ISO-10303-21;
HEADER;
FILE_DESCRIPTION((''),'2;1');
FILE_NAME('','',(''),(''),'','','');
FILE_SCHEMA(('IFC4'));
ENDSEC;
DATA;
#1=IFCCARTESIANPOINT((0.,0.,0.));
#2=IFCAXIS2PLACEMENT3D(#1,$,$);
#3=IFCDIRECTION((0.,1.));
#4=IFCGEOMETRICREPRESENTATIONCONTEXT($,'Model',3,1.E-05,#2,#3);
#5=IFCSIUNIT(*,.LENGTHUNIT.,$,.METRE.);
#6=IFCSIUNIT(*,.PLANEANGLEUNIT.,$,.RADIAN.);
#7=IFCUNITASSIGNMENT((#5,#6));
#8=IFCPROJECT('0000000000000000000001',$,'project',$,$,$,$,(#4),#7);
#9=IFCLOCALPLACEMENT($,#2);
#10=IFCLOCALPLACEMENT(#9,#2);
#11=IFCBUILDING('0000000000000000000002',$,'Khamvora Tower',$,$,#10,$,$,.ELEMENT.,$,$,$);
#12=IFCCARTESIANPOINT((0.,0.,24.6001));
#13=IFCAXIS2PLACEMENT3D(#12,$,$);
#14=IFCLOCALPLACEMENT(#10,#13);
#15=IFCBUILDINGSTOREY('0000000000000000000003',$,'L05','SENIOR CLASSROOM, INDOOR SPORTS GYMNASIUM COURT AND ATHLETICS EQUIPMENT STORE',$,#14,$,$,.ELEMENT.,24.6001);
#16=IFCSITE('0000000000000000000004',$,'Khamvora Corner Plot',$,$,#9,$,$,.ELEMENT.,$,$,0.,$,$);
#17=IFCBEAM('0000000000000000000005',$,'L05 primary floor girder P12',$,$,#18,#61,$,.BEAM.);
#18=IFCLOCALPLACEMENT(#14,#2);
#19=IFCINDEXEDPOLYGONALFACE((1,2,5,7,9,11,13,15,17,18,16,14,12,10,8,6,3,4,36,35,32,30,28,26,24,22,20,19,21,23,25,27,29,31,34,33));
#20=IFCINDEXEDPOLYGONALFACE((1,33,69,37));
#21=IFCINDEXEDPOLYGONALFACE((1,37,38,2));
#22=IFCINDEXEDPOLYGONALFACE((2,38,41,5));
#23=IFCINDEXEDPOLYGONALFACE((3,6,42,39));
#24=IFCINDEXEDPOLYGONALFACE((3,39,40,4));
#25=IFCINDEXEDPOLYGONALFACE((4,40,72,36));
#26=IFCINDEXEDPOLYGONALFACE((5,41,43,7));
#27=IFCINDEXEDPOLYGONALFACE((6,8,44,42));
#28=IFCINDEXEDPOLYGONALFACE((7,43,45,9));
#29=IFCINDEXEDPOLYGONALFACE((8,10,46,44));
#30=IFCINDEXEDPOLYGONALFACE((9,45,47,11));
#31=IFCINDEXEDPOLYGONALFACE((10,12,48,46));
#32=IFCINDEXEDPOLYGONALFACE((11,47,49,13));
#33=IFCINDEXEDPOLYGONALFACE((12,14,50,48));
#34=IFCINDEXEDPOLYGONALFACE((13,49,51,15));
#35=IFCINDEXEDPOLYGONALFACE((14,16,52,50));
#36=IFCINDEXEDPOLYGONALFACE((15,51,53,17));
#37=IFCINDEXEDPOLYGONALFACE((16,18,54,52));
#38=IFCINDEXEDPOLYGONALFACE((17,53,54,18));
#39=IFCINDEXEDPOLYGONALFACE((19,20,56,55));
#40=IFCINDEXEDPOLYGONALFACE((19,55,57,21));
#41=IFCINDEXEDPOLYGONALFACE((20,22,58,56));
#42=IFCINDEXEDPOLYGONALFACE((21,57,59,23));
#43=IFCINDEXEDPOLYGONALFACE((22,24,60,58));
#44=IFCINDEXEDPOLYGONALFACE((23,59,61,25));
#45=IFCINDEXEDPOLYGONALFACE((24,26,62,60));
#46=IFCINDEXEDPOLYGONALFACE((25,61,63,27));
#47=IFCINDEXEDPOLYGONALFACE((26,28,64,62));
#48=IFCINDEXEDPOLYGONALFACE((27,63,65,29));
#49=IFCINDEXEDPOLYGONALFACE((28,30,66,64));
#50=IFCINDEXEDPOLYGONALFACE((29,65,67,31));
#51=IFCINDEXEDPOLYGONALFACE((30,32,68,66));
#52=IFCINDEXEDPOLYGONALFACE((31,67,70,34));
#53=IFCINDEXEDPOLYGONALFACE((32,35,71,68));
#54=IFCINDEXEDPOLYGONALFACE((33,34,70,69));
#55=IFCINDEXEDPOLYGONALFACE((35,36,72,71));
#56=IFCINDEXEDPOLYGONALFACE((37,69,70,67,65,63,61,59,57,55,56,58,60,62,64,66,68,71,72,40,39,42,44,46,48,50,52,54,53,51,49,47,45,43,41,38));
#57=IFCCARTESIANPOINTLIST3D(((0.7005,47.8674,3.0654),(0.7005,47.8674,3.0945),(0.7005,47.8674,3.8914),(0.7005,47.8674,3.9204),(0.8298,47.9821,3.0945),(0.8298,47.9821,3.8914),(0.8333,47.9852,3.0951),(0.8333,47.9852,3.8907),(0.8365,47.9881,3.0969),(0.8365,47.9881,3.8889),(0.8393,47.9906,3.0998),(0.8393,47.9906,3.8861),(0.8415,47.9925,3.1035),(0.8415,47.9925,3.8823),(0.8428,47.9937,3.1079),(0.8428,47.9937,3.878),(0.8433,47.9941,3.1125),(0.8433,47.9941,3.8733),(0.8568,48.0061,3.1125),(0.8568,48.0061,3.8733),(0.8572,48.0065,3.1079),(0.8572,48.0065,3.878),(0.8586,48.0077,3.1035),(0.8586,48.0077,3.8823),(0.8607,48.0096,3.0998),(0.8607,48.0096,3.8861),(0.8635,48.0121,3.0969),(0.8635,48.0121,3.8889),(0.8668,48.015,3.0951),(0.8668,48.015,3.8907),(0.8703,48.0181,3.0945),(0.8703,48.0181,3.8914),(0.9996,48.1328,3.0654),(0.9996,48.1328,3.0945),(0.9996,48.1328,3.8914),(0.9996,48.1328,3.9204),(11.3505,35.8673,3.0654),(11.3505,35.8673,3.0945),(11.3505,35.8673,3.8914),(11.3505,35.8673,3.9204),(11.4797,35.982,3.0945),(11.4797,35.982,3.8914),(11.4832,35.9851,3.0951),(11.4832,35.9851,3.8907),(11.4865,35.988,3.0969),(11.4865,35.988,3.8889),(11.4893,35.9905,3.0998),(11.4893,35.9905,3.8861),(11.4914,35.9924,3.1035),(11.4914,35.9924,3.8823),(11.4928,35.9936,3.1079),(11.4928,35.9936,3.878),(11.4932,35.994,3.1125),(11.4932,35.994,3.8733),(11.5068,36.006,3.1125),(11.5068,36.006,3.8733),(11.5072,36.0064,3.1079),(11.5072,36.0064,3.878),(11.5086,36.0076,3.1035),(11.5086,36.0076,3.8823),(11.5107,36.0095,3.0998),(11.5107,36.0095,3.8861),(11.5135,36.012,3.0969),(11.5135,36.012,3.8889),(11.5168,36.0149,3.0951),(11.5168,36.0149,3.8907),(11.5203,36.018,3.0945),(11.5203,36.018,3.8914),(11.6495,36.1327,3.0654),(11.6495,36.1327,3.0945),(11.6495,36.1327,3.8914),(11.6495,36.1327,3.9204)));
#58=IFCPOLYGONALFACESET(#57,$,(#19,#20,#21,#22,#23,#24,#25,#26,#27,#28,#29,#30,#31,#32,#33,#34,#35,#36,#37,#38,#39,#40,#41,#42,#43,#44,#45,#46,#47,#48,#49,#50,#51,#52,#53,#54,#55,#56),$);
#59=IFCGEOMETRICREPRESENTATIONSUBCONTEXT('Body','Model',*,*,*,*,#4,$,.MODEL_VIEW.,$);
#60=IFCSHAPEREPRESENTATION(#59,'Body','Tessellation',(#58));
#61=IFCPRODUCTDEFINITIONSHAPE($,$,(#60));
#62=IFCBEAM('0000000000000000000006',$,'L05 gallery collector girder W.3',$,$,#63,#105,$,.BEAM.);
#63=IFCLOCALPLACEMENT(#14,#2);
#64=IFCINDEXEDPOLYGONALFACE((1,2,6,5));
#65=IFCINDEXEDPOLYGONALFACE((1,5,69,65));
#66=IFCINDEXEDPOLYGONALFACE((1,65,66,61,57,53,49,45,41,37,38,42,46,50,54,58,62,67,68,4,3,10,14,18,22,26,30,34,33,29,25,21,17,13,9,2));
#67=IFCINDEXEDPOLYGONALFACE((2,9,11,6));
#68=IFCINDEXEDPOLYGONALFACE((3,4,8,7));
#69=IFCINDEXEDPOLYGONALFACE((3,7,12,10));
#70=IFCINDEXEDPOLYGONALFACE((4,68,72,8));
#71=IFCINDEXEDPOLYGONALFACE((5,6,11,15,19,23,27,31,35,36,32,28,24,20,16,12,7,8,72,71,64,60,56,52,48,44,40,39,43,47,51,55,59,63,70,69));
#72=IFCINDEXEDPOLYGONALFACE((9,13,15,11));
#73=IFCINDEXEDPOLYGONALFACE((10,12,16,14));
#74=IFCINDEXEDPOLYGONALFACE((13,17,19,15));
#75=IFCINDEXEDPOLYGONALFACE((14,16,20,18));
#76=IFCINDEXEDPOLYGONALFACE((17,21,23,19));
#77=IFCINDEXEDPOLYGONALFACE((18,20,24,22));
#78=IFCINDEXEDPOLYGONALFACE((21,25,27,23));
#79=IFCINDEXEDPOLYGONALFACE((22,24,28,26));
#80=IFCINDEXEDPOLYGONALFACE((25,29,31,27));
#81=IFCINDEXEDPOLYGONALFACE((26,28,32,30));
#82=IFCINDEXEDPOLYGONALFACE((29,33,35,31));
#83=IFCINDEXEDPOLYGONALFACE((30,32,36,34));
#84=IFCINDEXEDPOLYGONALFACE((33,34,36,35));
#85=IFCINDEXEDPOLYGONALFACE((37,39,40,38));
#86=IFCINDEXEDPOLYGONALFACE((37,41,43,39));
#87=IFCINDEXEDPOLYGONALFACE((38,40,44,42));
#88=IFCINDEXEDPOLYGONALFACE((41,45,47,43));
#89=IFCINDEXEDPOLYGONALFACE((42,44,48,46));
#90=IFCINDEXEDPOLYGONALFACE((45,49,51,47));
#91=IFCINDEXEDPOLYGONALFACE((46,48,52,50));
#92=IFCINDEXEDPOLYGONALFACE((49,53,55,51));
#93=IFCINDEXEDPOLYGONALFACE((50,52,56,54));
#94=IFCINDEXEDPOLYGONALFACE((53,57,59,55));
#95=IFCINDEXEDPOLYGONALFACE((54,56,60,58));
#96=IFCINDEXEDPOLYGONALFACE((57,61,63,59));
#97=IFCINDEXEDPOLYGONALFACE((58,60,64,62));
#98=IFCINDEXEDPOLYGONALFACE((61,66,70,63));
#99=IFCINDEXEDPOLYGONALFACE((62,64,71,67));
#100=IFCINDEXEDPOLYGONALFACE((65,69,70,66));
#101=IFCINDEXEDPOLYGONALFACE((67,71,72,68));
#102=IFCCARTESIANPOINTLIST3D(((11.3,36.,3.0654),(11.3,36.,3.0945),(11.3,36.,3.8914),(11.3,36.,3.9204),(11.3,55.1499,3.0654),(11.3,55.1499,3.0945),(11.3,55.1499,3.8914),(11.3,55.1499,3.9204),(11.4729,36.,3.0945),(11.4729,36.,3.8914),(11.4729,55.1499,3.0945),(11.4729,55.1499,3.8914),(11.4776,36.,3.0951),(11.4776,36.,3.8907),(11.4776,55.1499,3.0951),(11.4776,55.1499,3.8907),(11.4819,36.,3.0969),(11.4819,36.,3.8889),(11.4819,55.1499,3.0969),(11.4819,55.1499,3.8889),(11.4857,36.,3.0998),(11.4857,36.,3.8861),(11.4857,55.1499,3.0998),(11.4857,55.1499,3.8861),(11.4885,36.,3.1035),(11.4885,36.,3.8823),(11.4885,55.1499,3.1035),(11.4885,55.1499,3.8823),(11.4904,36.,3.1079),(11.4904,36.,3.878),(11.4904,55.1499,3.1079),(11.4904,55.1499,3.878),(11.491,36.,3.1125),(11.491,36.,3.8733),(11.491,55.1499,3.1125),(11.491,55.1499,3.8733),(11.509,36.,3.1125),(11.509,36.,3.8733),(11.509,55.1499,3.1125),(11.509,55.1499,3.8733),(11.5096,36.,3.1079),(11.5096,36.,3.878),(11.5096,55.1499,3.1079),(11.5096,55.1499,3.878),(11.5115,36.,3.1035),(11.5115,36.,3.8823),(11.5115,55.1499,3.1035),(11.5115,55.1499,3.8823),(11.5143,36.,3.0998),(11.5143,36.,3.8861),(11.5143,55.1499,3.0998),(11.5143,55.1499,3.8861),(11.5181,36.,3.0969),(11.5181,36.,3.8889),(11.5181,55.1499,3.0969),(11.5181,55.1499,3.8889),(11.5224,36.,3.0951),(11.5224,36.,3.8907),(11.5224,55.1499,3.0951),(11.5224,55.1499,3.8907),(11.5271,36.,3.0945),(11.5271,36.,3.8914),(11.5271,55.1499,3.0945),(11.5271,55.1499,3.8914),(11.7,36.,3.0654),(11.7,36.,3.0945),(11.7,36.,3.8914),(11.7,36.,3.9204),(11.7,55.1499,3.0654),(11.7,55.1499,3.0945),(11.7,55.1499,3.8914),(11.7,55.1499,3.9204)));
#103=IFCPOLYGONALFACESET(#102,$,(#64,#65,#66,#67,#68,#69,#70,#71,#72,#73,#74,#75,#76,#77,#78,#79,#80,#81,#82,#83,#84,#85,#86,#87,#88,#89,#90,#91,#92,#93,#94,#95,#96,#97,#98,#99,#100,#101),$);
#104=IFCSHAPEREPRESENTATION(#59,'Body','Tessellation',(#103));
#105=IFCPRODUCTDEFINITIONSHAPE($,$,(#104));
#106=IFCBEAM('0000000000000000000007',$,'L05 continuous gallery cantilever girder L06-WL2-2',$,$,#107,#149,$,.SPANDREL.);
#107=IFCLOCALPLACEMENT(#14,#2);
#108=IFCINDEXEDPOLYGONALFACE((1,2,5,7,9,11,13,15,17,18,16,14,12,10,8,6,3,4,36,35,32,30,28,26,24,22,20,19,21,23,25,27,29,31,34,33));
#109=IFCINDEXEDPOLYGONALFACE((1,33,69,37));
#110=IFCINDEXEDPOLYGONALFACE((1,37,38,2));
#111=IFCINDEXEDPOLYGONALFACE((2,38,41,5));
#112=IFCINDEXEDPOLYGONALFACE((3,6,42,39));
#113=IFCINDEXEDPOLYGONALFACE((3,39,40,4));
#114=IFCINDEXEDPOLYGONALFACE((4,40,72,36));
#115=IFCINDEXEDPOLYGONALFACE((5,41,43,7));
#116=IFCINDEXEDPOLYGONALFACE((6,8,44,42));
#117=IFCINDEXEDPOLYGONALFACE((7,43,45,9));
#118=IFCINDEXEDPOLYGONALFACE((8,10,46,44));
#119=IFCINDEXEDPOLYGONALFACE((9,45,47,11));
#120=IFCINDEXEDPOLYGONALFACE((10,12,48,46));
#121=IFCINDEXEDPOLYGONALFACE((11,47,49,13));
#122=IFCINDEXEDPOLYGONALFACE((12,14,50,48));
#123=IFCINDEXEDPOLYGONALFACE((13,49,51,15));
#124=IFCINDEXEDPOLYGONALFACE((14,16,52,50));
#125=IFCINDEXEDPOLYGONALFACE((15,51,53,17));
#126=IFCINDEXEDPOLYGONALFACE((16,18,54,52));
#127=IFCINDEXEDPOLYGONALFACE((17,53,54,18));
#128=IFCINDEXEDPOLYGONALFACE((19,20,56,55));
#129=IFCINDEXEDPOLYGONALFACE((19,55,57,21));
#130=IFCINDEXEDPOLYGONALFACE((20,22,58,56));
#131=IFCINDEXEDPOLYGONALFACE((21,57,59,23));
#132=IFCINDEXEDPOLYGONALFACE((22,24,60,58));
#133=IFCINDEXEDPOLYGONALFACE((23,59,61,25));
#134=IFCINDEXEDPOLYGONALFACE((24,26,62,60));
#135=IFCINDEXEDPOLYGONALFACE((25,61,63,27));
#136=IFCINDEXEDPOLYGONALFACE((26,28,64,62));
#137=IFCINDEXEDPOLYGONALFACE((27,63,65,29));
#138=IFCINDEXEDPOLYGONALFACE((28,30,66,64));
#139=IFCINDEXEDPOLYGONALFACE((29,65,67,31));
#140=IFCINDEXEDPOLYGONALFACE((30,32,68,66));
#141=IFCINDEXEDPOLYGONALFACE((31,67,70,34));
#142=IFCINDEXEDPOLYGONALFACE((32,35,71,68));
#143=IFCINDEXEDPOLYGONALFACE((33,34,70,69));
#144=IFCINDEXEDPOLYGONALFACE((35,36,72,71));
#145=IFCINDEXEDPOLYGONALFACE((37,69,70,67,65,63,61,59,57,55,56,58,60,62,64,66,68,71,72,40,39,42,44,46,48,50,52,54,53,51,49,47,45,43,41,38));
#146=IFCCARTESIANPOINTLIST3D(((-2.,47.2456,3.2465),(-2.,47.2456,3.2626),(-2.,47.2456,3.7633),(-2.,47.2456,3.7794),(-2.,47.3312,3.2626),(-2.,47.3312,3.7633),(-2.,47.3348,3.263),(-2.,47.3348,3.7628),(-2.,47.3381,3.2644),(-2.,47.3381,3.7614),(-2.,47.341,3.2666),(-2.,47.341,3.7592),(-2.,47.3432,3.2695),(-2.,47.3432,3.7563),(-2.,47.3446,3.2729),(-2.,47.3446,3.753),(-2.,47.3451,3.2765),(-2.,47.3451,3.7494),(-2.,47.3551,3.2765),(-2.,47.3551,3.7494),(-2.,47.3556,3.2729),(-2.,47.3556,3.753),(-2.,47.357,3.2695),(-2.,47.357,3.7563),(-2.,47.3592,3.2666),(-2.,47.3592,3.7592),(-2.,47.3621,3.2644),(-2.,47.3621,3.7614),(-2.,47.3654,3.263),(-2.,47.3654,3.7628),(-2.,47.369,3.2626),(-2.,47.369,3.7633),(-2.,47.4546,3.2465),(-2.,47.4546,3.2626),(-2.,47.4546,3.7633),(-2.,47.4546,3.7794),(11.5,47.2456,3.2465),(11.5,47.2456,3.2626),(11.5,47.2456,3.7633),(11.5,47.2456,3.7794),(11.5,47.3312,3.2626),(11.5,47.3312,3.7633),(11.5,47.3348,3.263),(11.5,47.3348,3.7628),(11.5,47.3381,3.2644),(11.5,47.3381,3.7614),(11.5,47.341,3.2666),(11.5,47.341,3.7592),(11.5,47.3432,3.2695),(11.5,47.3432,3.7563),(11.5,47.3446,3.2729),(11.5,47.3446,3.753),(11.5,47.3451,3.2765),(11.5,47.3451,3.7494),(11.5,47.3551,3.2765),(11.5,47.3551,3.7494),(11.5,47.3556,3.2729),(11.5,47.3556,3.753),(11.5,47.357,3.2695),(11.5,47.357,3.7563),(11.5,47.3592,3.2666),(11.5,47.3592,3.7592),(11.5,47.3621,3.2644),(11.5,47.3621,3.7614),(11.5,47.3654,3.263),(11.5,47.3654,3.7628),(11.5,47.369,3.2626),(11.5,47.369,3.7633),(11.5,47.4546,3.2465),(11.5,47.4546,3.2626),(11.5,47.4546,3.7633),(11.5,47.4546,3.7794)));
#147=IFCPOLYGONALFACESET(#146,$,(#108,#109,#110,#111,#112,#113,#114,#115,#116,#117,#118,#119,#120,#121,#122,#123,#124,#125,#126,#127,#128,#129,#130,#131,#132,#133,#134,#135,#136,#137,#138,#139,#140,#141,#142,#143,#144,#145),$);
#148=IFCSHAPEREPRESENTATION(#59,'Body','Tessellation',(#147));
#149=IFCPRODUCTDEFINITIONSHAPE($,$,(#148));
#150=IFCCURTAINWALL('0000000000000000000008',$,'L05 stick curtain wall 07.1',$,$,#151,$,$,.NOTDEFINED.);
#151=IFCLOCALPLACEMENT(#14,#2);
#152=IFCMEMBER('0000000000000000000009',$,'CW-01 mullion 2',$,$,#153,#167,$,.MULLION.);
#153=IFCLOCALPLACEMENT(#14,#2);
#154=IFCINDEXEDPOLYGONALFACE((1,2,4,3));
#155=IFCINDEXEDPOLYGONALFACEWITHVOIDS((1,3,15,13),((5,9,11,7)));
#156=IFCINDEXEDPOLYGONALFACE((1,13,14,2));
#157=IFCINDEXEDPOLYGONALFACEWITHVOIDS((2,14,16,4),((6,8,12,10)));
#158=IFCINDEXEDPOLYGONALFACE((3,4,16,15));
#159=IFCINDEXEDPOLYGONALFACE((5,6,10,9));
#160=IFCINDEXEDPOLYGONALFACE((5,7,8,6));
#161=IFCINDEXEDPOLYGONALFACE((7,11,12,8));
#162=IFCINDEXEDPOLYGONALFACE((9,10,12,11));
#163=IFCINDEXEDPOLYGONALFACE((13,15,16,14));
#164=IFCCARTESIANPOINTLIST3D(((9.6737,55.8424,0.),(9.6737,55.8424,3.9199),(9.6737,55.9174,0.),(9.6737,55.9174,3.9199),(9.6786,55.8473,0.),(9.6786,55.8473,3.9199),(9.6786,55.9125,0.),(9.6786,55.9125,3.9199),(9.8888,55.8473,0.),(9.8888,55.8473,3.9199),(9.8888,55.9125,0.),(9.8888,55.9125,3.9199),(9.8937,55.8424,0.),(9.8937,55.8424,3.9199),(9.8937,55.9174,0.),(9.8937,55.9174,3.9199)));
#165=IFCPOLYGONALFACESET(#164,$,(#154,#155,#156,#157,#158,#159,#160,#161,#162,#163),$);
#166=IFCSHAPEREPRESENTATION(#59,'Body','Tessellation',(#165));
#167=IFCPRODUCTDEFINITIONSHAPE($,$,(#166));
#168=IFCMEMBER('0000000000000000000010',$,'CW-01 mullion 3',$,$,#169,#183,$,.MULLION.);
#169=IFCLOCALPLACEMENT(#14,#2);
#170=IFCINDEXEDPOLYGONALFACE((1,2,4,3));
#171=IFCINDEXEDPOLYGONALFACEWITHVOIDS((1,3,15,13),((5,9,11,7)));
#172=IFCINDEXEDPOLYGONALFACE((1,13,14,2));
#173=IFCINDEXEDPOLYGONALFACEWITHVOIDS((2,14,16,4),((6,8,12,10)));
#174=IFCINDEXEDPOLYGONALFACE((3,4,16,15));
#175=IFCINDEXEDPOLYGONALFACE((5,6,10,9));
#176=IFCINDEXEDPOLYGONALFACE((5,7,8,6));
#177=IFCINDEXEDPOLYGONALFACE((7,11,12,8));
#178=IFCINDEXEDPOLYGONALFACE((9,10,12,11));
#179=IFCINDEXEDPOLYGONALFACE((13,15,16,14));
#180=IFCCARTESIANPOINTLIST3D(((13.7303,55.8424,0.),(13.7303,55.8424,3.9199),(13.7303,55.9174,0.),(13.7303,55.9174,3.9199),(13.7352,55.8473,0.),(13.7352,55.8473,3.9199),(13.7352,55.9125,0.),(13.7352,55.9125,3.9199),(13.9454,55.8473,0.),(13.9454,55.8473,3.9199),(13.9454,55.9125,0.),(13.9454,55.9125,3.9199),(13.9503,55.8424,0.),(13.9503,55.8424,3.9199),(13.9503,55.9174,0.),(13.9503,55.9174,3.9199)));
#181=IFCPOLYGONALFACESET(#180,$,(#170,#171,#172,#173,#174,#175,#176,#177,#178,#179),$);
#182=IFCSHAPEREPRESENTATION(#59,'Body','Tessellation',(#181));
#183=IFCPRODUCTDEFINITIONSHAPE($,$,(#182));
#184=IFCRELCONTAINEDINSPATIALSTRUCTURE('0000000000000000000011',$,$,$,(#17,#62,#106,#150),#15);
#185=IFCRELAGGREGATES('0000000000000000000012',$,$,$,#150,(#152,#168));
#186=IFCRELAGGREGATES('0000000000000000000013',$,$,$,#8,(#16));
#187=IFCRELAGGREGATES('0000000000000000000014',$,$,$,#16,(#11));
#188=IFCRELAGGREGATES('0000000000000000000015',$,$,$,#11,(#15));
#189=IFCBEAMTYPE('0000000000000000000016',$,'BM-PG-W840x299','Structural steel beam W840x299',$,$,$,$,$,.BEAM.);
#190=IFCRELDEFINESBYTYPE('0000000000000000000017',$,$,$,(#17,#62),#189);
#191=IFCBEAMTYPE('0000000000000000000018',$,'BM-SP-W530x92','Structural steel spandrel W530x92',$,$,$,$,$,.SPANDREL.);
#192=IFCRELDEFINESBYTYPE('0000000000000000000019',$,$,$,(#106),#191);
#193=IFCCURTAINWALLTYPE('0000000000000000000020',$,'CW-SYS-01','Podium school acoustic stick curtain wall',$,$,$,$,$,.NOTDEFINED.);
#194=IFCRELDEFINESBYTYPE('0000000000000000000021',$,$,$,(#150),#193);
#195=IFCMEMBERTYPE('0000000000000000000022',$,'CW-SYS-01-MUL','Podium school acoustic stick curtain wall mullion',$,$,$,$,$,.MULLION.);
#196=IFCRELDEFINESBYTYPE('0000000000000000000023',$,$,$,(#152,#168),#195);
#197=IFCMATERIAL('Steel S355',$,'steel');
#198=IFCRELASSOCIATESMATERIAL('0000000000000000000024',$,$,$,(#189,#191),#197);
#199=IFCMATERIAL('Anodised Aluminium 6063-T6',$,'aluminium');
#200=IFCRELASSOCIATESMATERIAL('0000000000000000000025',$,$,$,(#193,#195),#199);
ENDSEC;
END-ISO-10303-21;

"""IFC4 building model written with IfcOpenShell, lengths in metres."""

from ifc_helpers import new_model, si_unit, direction, frame, origin, origin_2d, place, context, subcontext, project, spatial, hollow_rectangle, i_section, extrude, material, material_profile, profile_set, type_object, element, aggregate, save


model = new_model("IFC4")

# Units and contexts
model_context = context("Model", 3, precision=1e-05, world=origin(), true_north=direction((0.0, 1.0)))
body_context = subcontext(model_context, "Body", "Model", "MODEL_VIEW")
ifc_project = project(units=[si_unit("LENGTHUNIT", "METRE"), si_unit("PLANEANGLEUNIT", "RADIAN")], contexts=[model_context])

# Site, building, storey
site_placement = place(None, origin())
site = spatial("IfcSite", under=ifc_project, at=site_placement, Name="Khamvora Corner Plot", CompositionType="ELEMENT", RefElevation=0.0)
building_placement = place(site_placement, origin())
building = spatial("IfcBuilding", under=site, at=building_placement, Name="Khamvora Tower", CompositionType="ELEMENT")
storey_placement = place(building_placement, frame((0.0, 0.0, 24.6001)))
storey = spatial("IfcBuildingStorey", under=building, at=storey_placement, Name="L05", Description="SENIOR CLASSROOM, INDOOR SPORTS GYMNASIUM COURT AND ATHLETICS EQUIPMENT STORE", CompositionType="ELEMENT", Elevation=24.6001)

# Beams
ifc_material_1 = material(Name="Steel S355", Category="steel")
ifc_material_profile_1 = material_profile(ifc_material_1, i_section(OverallWidth=0.3999, OverallDepth=0.855, WebThickness=0.0181, FlangeThickness=0.0291, FilletRadius=0.0181, at=origin_2d()), Name="W840x299")
ifc_profile_set_1 = profile_set([ifc_material_profile_1], Name="Steel S355")
beam_type_1 = type_object("IfcBeamType", Name="BM-PG-W840x299", Description="Structural steel beam W840x299", PredefinedType="BEAM", material=ifc_profile_set_1)
beam_1_placement = place(storey_placement, frame((11.5, 36.0, 3.4929), z_axis=(-0.66378, 0.747928, 0.0), x_axis=(-0.747928, -0.66378, 0.0)))
element("IfcBeam", 1, at=beam_1_placement, inside=storey, type_object=beam_type_1, Name="L05 primary floor girder P12", PredefinedType="BEAM", context=body_context, shape_type="SweptSolid", body=[
    extrude(i_section(OverallWidth=0.3999, OverallDepth=0.855, WebThickness=0.0181, FlangeThickness=0.0291, FilletRadius=0.0181, at=origin_2d()), origin(), (0.0, 0.0, 1.0), 16.0444),
])
beam_2_placement = place(storey_placement, frame((11.5, 36.0, 3.4929), z_axis=(0.0, 1.0, 0.0), x_axis=(-1.0, 0.0, 0.0)))
element("IfcBeam", 2, at=beam_2_placement, inside=storey, type_object=beam_type_1, Name="L05 gallery collector girder W.3", PredefinedType="BEAM", context=body_context, shape_type="SweptSolid", body=[
    extrude(i_section(OverallWidth=0.3999, OverallDepth=0.855, WebThickness=0.0181, FlangeThickness=0.0291, FilletRadius=0.0181, at=origin_2d()), origin(), (0.0, 0.0, 1.0), 19.1499),
])
ifc_material_profile_2 = material_profile(ifc_material_1, i_section(OverallWidth=0.209, OverallDepth=0.533, WebThickness=0.01, FlangeThickness=0.0161, FilletRadius=0.0139, at=origin_2d()), Name="W530x92")
ifc_profile_set_2 = profile_set([ifc_material_profile_2], Name="Steel S355")
beam_type_2 = type_object("IfcBeamType", Name="BM-SP-W530x92", Description="Structural steel spandrel W530x92", PredefinedType="SPANDREL", material=ifc_profile_set_2)
beam_3_placement = place(storey_placement, frame((11.5, 47.3501, 3.5129), z_axis=(-1.0, 0.0, 0.0), x_axis=(0.0, -1.0, 0.0)))
element("IfcBeam", 3, at=beam_3_placement, inside=storey, type_object=beam_type_2, Name="L05 continuous gallery cantilever girder L06-WL2-2", PredefinedType="SPANDREL", context=body_context, shape_type="SweptSolid", body=[
    extrude(i_section(OverallWidth=0.209, OverallDepth=0.533, WebThickness=0.01, FlangeThickness=0.0161, FilletRadius=0.0139, at=origin_2d()), origin(), (0.0, 0.0, 1.0), 13.5),
])

# Curtain wall, members
ifc_material_2 = material(Name="Anodised Aluminium 6063-T6", Category="aluminium")
curtain_wall_type = type_object("IfcCurtainWallType", Name="CW-SYS-01", Description="Podium school acoustic stick curtain wall", PredefinedType="NOTDEFINED", material=ifc_material_2)
curtain_wall_placement = place(storey_placement, origin())
curtain_wall = element("IfcCurtainWall", 4, at=curtain_wall_placement, inside=storey, type_object=curtain_wall_type, Name="L05 stick curtain wall 07.1", PredefinedType="NOTDEFINED")
ifc_material_profile_3 = material_profile(ifc_material_2, hollow_rectangle(XDim=0.075, YDim=0.22, WallThickness=0.0049, at=origin_2d()), Name="MUL75x220x5")
ifc_profile_set_3 = profile_set([ifc_material_profile_3], Name="Anodised Aluminium 6063-T6")
member_type_1 = type_object("IfcMemberType", Name="CW-SYS-01-MUL", Description="Podium school acoustic stick curtain wall mullion", PredefinedType="MULLION", material=ifc_profile_set_3)
member_1_placement = place(storey_placement, frame((9.7837, 55.8799, 0.0), z_axis=(0.0, 0.0, 1.0), x_axis=(0.0, 1.0, 0.0)))
member_1 = element("IfcMember", 5, at=member_1_placement, type_object=member_type_1, Name="CW-01 mullion 2", PredefinedType="MULLION", context=body_context, shape_type="SweptSolid", body=[
    extrude(hollow_rectangle(XDim=0.075, YDim=0.22, WallThickness=0.0049, at=origin_2d()), origin(), (0.0, 0.0, 1.0), 3.9199),
])
member_2_placement = place(storey_placement, frame((13.8403, 55.8799, 0.0), z_axis=(0.0, 0.0, 1.0), x_axis=(0.0, 1.0, 0.0)))
member_2 = element("IfcMember", 6, at=member_2_placement, type_object=member_type_1, Name="CW-01 mullion 3", PredefinedType="MULLION", context=body_context, shape_type="SweptSolid", body=[
    extrude(hollow_rectangle(XDim=0.075, YDim=0.22, WallThickness=0.0049, at=origin_2d()), origin(), (0.0, 0.0, 1.0), 3.9199),
])

aggregate(curtain_wall, [member_1, member_2])

save(model, "model.ifc")
